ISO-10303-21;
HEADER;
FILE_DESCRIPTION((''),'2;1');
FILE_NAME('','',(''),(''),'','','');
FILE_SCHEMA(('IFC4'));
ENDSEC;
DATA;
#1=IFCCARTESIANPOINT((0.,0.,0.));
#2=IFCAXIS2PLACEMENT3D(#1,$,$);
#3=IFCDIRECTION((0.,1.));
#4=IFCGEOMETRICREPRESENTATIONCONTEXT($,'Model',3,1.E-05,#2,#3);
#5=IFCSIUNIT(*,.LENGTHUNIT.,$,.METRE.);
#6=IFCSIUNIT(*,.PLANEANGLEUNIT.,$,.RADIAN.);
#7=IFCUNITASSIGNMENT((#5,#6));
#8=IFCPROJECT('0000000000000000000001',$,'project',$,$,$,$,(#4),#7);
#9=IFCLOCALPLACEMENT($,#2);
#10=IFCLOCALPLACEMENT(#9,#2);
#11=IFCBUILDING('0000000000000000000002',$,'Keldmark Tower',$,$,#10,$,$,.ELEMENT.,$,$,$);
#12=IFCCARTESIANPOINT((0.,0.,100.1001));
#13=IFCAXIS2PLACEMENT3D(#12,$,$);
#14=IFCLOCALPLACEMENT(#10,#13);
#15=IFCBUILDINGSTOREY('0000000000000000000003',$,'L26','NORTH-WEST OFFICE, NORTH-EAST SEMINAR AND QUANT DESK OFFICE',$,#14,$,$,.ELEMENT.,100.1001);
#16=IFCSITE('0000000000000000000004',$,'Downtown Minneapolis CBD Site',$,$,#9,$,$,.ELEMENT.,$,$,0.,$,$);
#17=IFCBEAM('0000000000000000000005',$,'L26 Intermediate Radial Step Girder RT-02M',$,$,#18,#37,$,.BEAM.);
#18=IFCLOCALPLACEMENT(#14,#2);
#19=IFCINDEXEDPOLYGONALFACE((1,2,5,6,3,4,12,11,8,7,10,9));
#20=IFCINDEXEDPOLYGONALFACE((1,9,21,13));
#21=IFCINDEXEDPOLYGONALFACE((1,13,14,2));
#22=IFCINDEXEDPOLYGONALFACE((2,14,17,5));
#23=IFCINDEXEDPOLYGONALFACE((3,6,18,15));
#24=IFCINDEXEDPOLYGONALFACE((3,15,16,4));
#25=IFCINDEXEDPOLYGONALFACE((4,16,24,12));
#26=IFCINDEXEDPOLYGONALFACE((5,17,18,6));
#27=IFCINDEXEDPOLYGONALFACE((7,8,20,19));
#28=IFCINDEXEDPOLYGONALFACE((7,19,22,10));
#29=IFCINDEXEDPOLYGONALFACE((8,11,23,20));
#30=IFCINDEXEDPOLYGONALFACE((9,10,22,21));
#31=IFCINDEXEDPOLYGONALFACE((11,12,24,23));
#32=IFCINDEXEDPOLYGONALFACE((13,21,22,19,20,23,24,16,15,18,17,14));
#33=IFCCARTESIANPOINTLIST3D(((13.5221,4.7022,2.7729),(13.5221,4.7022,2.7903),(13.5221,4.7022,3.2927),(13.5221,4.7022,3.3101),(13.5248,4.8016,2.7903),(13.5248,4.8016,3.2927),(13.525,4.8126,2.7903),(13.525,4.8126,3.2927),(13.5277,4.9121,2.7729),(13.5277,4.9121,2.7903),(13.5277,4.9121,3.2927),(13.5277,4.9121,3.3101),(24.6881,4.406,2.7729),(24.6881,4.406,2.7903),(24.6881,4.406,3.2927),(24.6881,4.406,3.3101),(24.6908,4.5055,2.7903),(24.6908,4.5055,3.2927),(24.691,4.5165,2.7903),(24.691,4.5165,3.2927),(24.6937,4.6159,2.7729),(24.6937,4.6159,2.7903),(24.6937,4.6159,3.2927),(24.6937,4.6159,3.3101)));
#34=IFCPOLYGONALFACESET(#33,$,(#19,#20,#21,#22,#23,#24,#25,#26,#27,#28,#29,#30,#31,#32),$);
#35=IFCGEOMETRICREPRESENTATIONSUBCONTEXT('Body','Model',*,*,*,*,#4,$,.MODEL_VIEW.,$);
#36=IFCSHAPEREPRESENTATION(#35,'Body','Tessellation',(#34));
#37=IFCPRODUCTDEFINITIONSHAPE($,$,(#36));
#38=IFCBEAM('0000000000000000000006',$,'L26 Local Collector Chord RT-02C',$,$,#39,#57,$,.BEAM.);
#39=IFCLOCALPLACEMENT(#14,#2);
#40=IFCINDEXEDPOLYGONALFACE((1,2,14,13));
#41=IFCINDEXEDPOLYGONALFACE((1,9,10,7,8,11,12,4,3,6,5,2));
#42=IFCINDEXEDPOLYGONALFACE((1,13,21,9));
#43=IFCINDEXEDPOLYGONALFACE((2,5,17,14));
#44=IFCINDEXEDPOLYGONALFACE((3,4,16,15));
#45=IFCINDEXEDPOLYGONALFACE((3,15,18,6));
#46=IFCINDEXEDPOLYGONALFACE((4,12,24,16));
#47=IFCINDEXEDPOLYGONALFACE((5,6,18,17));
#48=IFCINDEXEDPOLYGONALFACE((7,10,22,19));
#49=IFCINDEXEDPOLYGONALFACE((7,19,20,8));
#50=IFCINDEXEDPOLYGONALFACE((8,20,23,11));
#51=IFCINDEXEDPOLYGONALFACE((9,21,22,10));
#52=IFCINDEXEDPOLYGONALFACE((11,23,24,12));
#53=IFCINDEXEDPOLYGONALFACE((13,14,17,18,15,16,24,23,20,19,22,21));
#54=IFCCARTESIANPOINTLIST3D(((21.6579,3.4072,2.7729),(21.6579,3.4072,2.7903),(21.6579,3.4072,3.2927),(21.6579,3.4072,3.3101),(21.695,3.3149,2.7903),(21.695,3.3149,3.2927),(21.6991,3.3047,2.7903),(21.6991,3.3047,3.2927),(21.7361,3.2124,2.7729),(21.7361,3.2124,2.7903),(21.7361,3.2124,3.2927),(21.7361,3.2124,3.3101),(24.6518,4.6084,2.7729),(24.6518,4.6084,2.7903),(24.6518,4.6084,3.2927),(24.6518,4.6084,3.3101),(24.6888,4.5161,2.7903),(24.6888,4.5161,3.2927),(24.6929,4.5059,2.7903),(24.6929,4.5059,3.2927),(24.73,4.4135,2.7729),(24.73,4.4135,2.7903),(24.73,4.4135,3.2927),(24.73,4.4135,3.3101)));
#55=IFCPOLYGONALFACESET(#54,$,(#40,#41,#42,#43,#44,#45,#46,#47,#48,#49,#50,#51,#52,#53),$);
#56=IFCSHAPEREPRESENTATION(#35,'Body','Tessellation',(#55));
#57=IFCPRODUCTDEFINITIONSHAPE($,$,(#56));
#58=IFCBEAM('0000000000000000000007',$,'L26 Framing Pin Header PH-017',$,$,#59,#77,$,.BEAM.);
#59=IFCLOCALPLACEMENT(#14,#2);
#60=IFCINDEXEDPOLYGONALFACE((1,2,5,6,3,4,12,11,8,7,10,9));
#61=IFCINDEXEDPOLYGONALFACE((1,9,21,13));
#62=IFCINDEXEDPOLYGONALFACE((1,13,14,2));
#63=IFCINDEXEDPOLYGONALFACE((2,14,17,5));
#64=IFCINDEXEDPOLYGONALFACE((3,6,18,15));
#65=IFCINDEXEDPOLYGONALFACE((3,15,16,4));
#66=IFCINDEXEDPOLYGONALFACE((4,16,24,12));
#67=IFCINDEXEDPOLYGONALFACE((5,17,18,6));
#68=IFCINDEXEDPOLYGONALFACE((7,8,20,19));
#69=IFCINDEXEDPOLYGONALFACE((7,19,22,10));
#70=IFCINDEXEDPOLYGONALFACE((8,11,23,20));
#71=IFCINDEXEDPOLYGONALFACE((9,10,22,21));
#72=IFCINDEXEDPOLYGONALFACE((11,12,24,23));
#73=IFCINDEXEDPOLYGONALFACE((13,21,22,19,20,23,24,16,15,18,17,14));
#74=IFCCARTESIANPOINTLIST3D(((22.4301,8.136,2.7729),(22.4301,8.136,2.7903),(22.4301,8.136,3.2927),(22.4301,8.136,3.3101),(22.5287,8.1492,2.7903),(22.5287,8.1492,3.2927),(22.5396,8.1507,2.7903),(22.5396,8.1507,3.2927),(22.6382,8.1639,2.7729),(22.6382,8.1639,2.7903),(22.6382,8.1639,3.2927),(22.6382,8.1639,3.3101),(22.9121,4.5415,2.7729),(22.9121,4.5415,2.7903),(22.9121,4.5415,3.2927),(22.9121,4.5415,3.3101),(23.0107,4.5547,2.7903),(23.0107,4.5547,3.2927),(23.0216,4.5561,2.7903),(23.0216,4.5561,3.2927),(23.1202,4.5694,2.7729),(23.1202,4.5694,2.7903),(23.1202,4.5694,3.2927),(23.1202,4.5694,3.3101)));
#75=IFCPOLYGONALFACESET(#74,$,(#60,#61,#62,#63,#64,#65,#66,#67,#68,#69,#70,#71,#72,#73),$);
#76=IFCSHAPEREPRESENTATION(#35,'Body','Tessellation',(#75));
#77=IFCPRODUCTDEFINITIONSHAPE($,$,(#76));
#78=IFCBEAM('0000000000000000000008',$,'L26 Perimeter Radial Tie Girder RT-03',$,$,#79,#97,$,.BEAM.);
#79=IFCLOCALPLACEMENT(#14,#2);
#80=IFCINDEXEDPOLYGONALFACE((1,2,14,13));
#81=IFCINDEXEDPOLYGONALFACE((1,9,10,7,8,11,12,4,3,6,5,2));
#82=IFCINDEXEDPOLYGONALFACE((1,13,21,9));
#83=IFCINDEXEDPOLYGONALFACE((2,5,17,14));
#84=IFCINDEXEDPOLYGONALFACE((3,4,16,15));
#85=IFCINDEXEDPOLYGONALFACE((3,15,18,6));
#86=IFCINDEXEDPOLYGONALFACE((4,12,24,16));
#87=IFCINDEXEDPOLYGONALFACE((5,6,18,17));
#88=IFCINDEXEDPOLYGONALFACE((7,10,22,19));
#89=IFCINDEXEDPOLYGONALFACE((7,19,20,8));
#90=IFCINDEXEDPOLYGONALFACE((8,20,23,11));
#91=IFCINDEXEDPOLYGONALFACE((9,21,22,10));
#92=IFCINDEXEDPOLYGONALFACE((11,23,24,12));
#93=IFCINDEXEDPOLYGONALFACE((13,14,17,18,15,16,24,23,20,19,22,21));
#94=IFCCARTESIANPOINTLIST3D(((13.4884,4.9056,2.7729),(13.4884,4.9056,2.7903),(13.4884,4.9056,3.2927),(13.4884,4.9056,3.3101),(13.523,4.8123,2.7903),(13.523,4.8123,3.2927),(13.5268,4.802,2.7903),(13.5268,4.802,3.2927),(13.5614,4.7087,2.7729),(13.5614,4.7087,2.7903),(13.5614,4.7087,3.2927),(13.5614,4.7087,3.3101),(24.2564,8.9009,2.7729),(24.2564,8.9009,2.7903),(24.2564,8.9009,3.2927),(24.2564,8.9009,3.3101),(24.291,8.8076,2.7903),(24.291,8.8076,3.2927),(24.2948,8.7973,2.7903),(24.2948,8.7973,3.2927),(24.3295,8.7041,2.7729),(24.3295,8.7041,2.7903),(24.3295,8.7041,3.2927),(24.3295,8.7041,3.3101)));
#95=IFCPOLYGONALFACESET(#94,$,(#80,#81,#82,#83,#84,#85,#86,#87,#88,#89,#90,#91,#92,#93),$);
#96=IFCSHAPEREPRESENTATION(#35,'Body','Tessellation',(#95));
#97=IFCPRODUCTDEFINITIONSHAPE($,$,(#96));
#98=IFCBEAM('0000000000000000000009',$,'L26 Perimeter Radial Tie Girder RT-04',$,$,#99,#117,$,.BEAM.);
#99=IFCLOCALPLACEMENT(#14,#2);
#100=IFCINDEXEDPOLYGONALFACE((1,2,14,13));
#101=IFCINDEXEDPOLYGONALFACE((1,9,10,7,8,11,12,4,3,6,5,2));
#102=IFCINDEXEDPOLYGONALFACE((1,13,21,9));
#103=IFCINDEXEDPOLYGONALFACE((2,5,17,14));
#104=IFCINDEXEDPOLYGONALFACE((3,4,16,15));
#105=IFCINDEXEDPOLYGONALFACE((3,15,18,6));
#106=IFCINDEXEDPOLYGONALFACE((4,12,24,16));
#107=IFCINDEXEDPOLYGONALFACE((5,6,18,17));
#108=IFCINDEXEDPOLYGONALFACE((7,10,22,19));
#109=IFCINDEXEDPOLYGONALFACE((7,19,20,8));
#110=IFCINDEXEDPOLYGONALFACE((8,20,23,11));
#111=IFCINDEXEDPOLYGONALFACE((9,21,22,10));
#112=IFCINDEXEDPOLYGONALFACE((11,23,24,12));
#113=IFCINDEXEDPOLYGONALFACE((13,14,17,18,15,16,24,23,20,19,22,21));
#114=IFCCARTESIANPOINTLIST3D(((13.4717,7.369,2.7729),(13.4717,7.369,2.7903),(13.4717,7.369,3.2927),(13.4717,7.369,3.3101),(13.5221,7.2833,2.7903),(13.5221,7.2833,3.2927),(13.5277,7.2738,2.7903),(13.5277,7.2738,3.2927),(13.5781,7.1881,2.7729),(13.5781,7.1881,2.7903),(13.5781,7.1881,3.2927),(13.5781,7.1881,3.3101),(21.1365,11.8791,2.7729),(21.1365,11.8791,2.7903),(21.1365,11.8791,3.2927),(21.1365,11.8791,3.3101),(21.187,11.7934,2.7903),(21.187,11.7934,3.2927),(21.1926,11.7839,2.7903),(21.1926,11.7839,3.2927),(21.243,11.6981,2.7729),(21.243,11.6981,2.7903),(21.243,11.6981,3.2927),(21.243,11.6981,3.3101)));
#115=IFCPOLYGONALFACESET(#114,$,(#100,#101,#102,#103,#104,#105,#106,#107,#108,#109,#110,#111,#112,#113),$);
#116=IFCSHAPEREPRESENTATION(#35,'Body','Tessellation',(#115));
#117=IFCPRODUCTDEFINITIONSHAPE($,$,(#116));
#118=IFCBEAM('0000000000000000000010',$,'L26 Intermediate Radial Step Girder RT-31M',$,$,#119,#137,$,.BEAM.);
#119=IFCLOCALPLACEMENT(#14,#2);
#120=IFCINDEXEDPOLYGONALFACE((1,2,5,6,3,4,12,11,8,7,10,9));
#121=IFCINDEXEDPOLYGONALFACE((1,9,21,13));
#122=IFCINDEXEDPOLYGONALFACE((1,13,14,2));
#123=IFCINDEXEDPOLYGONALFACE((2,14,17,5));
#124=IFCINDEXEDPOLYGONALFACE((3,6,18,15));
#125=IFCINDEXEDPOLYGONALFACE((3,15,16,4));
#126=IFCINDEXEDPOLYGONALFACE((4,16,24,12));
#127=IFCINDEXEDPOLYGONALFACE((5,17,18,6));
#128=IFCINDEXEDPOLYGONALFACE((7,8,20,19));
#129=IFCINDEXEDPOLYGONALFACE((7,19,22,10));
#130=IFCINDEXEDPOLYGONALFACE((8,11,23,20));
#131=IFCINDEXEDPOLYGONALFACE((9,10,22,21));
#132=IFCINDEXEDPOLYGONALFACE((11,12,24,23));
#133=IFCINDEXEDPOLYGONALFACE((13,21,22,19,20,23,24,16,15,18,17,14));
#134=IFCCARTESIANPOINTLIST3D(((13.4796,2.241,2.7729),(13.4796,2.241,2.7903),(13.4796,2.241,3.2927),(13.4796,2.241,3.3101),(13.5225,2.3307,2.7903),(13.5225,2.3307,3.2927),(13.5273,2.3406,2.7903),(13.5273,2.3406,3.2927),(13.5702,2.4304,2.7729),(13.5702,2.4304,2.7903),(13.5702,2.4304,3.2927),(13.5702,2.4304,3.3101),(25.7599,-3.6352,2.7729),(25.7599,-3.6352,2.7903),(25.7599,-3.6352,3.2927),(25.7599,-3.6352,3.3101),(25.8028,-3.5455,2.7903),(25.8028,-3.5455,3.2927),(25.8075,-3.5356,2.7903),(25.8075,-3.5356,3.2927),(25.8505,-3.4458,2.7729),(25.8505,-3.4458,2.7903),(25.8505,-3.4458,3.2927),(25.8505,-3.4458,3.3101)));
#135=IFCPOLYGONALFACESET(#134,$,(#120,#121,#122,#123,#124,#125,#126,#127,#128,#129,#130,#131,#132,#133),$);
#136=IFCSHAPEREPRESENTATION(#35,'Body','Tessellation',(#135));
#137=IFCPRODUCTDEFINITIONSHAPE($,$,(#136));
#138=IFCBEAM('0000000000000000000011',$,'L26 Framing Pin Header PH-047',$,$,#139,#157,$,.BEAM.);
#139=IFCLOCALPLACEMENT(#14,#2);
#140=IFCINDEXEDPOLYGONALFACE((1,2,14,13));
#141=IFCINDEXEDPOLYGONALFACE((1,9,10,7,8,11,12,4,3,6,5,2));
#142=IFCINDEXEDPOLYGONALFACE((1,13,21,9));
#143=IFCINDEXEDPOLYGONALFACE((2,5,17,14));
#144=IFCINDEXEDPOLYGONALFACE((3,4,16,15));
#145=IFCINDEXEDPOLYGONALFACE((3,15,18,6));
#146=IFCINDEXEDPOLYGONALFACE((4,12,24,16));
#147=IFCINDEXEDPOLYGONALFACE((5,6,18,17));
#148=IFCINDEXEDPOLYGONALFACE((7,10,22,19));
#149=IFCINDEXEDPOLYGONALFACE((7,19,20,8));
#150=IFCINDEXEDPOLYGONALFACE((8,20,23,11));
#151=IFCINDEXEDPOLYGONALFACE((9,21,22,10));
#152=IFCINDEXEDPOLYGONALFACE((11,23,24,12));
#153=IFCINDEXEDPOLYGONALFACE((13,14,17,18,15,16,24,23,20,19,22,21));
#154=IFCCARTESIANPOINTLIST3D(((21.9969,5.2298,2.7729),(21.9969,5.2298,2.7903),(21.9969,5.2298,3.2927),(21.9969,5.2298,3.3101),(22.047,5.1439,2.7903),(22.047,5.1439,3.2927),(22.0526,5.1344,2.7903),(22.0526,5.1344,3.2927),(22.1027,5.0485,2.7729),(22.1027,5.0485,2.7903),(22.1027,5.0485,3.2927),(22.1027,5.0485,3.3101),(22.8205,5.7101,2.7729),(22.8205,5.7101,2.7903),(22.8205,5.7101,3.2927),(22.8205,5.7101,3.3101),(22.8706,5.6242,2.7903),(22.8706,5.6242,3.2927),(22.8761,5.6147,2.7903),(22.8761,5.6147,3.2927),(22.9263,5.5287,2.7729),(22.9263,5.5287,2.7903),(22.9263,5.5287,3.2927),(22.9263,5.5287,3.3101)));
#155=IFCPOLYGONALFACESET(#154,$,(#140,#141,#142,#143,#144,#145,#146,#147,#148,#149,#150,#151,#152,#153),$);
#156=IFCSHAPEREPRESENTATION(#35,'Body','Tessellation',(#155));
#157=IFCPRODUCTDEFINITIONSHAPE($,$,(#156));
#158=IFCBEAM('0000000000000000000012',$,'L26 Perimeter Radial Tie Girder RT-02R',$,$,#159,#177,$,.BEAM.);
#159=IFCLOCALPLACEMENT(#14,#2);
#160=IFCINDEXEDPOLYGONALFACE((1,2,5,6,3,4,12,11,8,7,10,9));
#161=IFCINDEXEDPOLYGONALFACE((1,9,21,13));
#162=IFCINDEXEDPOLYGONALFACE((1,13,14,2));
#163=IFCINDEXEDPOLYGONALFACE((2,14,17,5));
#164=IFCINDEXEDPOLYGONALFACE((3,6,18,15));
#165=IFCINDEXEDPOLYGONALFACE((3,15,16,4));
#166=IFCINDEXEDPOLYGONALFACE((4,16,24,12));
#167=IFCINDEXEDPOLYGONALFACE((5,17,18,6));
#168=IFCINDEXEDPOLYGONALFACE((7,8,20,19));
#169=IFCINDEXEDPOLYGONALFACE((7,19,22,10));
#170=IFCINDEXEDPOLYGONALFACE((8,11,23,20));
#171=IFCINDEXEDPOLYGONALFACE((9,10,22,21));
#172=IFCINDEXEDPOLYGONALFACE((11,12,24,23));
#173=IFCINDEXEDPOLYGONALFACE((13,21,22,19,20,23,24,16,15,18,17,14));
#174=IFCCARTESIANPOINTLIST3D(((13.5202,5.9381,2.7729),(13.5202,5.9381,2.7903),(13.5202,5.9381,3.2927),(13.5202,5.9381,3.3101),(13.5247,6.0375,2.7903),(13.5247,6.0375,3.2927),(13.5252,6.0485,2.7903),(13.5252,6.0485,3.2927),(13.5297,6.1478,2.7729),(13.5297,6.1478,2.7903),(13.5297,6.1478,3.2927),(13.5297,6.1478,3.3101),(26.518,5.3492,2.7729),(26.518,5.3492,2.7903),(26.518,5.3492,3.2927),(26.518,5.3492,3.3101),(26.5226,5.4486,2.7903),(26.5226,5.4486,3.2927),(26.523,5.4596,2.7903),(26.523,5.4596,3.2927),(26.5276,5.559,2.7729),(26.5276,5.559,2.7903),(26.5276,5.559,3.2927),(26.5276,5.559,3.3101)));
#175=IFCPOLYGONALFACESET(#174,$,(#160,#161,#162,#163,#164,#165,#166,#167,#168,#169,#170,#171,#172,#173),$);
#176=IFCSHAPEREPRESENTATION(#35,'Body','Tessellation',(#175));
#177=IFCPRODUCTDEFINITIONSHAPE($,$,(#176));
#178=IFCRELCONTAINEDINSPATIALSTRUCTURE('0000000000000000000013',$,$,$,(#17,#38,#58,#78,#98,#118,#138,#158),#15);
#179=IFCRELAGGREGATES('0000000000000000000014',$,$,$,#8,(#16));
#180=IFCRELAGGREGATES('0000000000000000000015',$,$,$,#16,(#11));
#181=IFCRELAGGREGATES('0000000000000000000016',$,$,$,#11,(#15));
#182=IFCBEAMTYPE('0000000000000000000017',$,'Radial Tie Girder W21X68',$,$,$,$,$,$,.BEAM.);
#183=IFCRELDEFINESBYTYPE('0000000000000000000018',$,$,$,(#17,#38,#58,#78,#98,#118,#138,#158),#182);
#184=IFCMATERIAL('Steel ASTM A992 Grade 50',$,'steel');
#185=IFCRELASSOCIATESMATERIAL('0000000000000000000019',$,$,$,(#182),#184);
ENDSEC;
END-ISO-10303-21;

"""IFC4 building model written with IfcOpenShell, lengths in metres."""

from ifc_helpers import new_model, si_unit, direction, frame, origin, origin_2d, place, context, subcontext, project, spatial, i_section, extrude, material, material_profile, profile_set, type_object, element, save


model = new_model("IFC4")

# Units and contexts
model_context = context("Model", 3, precision=1e-05, world=origin(), true_north=direction((0.0, 1.0)))
body_context = subcontext(model_context, "Body", "Model", "MODEL_VIEW")
ifc_project = project(units=[si_unit("LENGTHUNIT", "METRE"), si_unit("PLANEANGLEUNIT", "RADIAN")], contexts=[model_context])

# Site, building, storey
site_placement = place(None, origin())
site = spatial("IfcSite", under=ifc_project, at=site_placement, Name="Downtown Minneapolis CBD Site", CompositionType="ELEMENT", RefElevation=0.0)
building_placement = place(site_placement, origin())
building = spatial("IfcBuilding", under=site, at=building_placement, Name="Keldmark Tower", CompositionType="ELEMENT")
storey_placement = place(building_placement, frame((0.0, 0.0, 100.1001)))
storey = spatial("IfcBuildingStorey", under=building, at=storey_placement, Name="L26", Description="NORTH-WEST OFFICE, NORTH-EAST SEMINAR AND QUANT DESK OFFICE", CompositionType="ELEMENT", Elevation=100.1001)

# Beams
ifc_material_1 = material(Name="Steel ASTM A992 Grade 50", Category="steel")
ifc_material_profile_1 = material_profile(ifc_material_1, i_section(OverallWidth=0.21, OverallDepth=0.5371, WebThickness=0.011, FlangeThickness=0.0173, at=origin_2d()), Name="W21X68")
ifc_profile_set_1 = profile_set([ifc_material_profile_1], Name="Steel ASTM A992 Grade 50")
beam_type_1 = type_object("IfcBeamType", Name="Radial Tie Girder W21X68", PredefinedType="BEAM", material=ifc_profile_set_1)
beam_1_placement = place(storey_placement, frame((13.5249, 4.8071, 3.0415), z_axis=(0.999648, -0.026512, 0.0), x_axis=(0.026512, 0.999648, 0.0)))
element("IfcBeam", 1, at=beam_1_placement, inside=storey, type_object=beam_type_1, Name="L26 Intermediate Radial Step Girder RT-02M", PredefinedType="BEAM", context=body_context, shape_type="SweptSolid", body=[
    extrude(i_section(OverallWidth=0.21, OverallDepth=0.5371, WebThickness=0.011, FlangeThickness=0.0173, at=origin_2d()), origin(), (0.0, 0.0, 1.0), 11.1699),
])
beam_2_placement = place(storey_placement, frame((21.697, 3.3098, 3.0415), z_axis=(0.92809, 0.372356, 0.0), x_axis=(-0.372356, 0.92809, 0.0)))
element("IfcBeam", 2, at=beam_2_placement, inside=storey, type_object=beam_type_1, Name="L26 Local Collector Chord RT-02C", PredefinedType="BEAM", context=body_context, shape_type="SweptSolid", body=[
    extrude(i_section(OverallWidth=0.21, OverallDepth=0.5371, WebThickness=0.011, FlangeThickness=0.0173, at=origin_2d()), origin(), (0.0, 0.0, 1.0), 3.2258),
])
beam_3_placement = place(storey_placement, frame((23.0161, 4.5554, 3.0415), z_axis=(-0.132887, 0.991131, 0.0), x_axis=(-0.991131, -0.132887, 0.0)))
element("IfcBeam", 3, at=beam_3_placement, inside=storey, type_object=beam_type_1, Name="L26 Framing Pin Header PH-017", PredefinedType="BEAM", context=body_context, shape_type="SweptSolid", body=[
    extrude(i_section(OverallWidth=0.21, OverallDepth=0.5371, WebThickness=0.011, FlangeThickness=0.0173, at=origin_2d()), origin(), (0.0, 0.0, 1.0), 3.6267),
])
beam_4_placement = place(storey_placement, frame((13.5249, 4.8071, 3.0415), z_axis=(0.937545, 0.347865, 0.0), x_axis=(-0.347865, 0.937545, 0.0)))
element("IfcBeam", 4, at=beam_4_placement, inside=storey, type_object=beam_type_1, Name="L26 Perimeter Radial Tie Girder RT-03", PredefinedType="BEAM", context=body_context, shape_type="SweptSolid", body=[
    extrude(i_section(OverallWidth=0.21, OverallDepth=0.5371, WebThickness=0.011, FlangeThickness=0.0173, at=origin_2d()), origin(), (0.0, 0.0, 1.0), 11.4854),
])
beam_5_placement = place(storey_placement, frame((13.5249, 7.2786, 3.0415), z_axis=(0.86187, 0.507129, 0.0), x_axis=(-0.507129, 0.86187, 0.0)))
element("IfcBeam", 5, at=beam_5_placement, inside=storey, type_object=beam_type_1, Name="L26 Perimeter Radial Tie Girder RT-04", PredefinedType="BEAM", context=body_context, shape_type="SweptSolid", body=[
    extrude(i_section(OverallWidth=0.21, OverallDepth=0.5371, WebThickness=0.011, FlangeThickness=0.0173, at=origin_2d()), origin(), (0.0, 0.0, 1.0), 8.8933),
])
beam_6_placement = place(storey_placement, frame((13.5249, 2.3357, 3.0415), z_axis=(0.902047, -0.431638, 0.0), x_axis=(0.431638, 0.902047, 0.0)))
element("IfcBeam", 6, at=beam_6_placement, inside=storey, type_object=beam_type_1, Name="L26 Intermediate Radial Step Girder RT-31M", PredefinedType="BEAM", context=body_context, shape_type="SweptSolid", body=[
    extrude(i_section(OverallWidth=0.21, OverallDepth=0.5371, WebThickness=0.011, FlangeThickness=0.0173, at=origin_2d()), origin(), (0.0, 0.0, 1.0), 13.6138),
])
beam_7_placement = place(storey_placement, frame((22.0498, 5.1392, 3.0415), z_axis=(0.863844, 0.50376, 0.0), x_axis=(-0.50376, 0.863844, 0.0)))
element("IfcBeam", 7, at=beam_7_placement, inside=storey, type_object=beam_type_1, Name="L26 Framing Pin Header PH-047", PredefinedType="BEAM", context=body_context, shape_type="SweptSolid", body=[
    extrude(i_section(OverallWidth=0.21, OverallDepth=0.5371, WebThickness=0.011, FlangeThickness=0.0173, at=origin_2d()), origin(), (0.0, 0.0, 1.0), 0.9534),
])
beam_8_placement = place(storey_placement, frame((13.5249, 6.043, 3.0415), z_axis=(0.998975, -0.045259, 0.0), x_axis=(0.045259, 0.998975, 0.0)))
element("IfcBeam", 8, at=beam_8_placement, inside=storey, type_object=beam_type_1, Name="L26 Perimeter Radial Tie Girder RT-02R", PredefinedType="BEAM", context=body_context, shape_type="SweptSolid", body=[
    extrude(i_section(OverallWidth=0.21, OverallDepth=0.5371, WebThickness=0.011, FlangeThickness=0.0173, at=origin_2d()), origin(), (0.0, 0.0, 1.0), 13.0112),
])

save(model, "model.ifc")
